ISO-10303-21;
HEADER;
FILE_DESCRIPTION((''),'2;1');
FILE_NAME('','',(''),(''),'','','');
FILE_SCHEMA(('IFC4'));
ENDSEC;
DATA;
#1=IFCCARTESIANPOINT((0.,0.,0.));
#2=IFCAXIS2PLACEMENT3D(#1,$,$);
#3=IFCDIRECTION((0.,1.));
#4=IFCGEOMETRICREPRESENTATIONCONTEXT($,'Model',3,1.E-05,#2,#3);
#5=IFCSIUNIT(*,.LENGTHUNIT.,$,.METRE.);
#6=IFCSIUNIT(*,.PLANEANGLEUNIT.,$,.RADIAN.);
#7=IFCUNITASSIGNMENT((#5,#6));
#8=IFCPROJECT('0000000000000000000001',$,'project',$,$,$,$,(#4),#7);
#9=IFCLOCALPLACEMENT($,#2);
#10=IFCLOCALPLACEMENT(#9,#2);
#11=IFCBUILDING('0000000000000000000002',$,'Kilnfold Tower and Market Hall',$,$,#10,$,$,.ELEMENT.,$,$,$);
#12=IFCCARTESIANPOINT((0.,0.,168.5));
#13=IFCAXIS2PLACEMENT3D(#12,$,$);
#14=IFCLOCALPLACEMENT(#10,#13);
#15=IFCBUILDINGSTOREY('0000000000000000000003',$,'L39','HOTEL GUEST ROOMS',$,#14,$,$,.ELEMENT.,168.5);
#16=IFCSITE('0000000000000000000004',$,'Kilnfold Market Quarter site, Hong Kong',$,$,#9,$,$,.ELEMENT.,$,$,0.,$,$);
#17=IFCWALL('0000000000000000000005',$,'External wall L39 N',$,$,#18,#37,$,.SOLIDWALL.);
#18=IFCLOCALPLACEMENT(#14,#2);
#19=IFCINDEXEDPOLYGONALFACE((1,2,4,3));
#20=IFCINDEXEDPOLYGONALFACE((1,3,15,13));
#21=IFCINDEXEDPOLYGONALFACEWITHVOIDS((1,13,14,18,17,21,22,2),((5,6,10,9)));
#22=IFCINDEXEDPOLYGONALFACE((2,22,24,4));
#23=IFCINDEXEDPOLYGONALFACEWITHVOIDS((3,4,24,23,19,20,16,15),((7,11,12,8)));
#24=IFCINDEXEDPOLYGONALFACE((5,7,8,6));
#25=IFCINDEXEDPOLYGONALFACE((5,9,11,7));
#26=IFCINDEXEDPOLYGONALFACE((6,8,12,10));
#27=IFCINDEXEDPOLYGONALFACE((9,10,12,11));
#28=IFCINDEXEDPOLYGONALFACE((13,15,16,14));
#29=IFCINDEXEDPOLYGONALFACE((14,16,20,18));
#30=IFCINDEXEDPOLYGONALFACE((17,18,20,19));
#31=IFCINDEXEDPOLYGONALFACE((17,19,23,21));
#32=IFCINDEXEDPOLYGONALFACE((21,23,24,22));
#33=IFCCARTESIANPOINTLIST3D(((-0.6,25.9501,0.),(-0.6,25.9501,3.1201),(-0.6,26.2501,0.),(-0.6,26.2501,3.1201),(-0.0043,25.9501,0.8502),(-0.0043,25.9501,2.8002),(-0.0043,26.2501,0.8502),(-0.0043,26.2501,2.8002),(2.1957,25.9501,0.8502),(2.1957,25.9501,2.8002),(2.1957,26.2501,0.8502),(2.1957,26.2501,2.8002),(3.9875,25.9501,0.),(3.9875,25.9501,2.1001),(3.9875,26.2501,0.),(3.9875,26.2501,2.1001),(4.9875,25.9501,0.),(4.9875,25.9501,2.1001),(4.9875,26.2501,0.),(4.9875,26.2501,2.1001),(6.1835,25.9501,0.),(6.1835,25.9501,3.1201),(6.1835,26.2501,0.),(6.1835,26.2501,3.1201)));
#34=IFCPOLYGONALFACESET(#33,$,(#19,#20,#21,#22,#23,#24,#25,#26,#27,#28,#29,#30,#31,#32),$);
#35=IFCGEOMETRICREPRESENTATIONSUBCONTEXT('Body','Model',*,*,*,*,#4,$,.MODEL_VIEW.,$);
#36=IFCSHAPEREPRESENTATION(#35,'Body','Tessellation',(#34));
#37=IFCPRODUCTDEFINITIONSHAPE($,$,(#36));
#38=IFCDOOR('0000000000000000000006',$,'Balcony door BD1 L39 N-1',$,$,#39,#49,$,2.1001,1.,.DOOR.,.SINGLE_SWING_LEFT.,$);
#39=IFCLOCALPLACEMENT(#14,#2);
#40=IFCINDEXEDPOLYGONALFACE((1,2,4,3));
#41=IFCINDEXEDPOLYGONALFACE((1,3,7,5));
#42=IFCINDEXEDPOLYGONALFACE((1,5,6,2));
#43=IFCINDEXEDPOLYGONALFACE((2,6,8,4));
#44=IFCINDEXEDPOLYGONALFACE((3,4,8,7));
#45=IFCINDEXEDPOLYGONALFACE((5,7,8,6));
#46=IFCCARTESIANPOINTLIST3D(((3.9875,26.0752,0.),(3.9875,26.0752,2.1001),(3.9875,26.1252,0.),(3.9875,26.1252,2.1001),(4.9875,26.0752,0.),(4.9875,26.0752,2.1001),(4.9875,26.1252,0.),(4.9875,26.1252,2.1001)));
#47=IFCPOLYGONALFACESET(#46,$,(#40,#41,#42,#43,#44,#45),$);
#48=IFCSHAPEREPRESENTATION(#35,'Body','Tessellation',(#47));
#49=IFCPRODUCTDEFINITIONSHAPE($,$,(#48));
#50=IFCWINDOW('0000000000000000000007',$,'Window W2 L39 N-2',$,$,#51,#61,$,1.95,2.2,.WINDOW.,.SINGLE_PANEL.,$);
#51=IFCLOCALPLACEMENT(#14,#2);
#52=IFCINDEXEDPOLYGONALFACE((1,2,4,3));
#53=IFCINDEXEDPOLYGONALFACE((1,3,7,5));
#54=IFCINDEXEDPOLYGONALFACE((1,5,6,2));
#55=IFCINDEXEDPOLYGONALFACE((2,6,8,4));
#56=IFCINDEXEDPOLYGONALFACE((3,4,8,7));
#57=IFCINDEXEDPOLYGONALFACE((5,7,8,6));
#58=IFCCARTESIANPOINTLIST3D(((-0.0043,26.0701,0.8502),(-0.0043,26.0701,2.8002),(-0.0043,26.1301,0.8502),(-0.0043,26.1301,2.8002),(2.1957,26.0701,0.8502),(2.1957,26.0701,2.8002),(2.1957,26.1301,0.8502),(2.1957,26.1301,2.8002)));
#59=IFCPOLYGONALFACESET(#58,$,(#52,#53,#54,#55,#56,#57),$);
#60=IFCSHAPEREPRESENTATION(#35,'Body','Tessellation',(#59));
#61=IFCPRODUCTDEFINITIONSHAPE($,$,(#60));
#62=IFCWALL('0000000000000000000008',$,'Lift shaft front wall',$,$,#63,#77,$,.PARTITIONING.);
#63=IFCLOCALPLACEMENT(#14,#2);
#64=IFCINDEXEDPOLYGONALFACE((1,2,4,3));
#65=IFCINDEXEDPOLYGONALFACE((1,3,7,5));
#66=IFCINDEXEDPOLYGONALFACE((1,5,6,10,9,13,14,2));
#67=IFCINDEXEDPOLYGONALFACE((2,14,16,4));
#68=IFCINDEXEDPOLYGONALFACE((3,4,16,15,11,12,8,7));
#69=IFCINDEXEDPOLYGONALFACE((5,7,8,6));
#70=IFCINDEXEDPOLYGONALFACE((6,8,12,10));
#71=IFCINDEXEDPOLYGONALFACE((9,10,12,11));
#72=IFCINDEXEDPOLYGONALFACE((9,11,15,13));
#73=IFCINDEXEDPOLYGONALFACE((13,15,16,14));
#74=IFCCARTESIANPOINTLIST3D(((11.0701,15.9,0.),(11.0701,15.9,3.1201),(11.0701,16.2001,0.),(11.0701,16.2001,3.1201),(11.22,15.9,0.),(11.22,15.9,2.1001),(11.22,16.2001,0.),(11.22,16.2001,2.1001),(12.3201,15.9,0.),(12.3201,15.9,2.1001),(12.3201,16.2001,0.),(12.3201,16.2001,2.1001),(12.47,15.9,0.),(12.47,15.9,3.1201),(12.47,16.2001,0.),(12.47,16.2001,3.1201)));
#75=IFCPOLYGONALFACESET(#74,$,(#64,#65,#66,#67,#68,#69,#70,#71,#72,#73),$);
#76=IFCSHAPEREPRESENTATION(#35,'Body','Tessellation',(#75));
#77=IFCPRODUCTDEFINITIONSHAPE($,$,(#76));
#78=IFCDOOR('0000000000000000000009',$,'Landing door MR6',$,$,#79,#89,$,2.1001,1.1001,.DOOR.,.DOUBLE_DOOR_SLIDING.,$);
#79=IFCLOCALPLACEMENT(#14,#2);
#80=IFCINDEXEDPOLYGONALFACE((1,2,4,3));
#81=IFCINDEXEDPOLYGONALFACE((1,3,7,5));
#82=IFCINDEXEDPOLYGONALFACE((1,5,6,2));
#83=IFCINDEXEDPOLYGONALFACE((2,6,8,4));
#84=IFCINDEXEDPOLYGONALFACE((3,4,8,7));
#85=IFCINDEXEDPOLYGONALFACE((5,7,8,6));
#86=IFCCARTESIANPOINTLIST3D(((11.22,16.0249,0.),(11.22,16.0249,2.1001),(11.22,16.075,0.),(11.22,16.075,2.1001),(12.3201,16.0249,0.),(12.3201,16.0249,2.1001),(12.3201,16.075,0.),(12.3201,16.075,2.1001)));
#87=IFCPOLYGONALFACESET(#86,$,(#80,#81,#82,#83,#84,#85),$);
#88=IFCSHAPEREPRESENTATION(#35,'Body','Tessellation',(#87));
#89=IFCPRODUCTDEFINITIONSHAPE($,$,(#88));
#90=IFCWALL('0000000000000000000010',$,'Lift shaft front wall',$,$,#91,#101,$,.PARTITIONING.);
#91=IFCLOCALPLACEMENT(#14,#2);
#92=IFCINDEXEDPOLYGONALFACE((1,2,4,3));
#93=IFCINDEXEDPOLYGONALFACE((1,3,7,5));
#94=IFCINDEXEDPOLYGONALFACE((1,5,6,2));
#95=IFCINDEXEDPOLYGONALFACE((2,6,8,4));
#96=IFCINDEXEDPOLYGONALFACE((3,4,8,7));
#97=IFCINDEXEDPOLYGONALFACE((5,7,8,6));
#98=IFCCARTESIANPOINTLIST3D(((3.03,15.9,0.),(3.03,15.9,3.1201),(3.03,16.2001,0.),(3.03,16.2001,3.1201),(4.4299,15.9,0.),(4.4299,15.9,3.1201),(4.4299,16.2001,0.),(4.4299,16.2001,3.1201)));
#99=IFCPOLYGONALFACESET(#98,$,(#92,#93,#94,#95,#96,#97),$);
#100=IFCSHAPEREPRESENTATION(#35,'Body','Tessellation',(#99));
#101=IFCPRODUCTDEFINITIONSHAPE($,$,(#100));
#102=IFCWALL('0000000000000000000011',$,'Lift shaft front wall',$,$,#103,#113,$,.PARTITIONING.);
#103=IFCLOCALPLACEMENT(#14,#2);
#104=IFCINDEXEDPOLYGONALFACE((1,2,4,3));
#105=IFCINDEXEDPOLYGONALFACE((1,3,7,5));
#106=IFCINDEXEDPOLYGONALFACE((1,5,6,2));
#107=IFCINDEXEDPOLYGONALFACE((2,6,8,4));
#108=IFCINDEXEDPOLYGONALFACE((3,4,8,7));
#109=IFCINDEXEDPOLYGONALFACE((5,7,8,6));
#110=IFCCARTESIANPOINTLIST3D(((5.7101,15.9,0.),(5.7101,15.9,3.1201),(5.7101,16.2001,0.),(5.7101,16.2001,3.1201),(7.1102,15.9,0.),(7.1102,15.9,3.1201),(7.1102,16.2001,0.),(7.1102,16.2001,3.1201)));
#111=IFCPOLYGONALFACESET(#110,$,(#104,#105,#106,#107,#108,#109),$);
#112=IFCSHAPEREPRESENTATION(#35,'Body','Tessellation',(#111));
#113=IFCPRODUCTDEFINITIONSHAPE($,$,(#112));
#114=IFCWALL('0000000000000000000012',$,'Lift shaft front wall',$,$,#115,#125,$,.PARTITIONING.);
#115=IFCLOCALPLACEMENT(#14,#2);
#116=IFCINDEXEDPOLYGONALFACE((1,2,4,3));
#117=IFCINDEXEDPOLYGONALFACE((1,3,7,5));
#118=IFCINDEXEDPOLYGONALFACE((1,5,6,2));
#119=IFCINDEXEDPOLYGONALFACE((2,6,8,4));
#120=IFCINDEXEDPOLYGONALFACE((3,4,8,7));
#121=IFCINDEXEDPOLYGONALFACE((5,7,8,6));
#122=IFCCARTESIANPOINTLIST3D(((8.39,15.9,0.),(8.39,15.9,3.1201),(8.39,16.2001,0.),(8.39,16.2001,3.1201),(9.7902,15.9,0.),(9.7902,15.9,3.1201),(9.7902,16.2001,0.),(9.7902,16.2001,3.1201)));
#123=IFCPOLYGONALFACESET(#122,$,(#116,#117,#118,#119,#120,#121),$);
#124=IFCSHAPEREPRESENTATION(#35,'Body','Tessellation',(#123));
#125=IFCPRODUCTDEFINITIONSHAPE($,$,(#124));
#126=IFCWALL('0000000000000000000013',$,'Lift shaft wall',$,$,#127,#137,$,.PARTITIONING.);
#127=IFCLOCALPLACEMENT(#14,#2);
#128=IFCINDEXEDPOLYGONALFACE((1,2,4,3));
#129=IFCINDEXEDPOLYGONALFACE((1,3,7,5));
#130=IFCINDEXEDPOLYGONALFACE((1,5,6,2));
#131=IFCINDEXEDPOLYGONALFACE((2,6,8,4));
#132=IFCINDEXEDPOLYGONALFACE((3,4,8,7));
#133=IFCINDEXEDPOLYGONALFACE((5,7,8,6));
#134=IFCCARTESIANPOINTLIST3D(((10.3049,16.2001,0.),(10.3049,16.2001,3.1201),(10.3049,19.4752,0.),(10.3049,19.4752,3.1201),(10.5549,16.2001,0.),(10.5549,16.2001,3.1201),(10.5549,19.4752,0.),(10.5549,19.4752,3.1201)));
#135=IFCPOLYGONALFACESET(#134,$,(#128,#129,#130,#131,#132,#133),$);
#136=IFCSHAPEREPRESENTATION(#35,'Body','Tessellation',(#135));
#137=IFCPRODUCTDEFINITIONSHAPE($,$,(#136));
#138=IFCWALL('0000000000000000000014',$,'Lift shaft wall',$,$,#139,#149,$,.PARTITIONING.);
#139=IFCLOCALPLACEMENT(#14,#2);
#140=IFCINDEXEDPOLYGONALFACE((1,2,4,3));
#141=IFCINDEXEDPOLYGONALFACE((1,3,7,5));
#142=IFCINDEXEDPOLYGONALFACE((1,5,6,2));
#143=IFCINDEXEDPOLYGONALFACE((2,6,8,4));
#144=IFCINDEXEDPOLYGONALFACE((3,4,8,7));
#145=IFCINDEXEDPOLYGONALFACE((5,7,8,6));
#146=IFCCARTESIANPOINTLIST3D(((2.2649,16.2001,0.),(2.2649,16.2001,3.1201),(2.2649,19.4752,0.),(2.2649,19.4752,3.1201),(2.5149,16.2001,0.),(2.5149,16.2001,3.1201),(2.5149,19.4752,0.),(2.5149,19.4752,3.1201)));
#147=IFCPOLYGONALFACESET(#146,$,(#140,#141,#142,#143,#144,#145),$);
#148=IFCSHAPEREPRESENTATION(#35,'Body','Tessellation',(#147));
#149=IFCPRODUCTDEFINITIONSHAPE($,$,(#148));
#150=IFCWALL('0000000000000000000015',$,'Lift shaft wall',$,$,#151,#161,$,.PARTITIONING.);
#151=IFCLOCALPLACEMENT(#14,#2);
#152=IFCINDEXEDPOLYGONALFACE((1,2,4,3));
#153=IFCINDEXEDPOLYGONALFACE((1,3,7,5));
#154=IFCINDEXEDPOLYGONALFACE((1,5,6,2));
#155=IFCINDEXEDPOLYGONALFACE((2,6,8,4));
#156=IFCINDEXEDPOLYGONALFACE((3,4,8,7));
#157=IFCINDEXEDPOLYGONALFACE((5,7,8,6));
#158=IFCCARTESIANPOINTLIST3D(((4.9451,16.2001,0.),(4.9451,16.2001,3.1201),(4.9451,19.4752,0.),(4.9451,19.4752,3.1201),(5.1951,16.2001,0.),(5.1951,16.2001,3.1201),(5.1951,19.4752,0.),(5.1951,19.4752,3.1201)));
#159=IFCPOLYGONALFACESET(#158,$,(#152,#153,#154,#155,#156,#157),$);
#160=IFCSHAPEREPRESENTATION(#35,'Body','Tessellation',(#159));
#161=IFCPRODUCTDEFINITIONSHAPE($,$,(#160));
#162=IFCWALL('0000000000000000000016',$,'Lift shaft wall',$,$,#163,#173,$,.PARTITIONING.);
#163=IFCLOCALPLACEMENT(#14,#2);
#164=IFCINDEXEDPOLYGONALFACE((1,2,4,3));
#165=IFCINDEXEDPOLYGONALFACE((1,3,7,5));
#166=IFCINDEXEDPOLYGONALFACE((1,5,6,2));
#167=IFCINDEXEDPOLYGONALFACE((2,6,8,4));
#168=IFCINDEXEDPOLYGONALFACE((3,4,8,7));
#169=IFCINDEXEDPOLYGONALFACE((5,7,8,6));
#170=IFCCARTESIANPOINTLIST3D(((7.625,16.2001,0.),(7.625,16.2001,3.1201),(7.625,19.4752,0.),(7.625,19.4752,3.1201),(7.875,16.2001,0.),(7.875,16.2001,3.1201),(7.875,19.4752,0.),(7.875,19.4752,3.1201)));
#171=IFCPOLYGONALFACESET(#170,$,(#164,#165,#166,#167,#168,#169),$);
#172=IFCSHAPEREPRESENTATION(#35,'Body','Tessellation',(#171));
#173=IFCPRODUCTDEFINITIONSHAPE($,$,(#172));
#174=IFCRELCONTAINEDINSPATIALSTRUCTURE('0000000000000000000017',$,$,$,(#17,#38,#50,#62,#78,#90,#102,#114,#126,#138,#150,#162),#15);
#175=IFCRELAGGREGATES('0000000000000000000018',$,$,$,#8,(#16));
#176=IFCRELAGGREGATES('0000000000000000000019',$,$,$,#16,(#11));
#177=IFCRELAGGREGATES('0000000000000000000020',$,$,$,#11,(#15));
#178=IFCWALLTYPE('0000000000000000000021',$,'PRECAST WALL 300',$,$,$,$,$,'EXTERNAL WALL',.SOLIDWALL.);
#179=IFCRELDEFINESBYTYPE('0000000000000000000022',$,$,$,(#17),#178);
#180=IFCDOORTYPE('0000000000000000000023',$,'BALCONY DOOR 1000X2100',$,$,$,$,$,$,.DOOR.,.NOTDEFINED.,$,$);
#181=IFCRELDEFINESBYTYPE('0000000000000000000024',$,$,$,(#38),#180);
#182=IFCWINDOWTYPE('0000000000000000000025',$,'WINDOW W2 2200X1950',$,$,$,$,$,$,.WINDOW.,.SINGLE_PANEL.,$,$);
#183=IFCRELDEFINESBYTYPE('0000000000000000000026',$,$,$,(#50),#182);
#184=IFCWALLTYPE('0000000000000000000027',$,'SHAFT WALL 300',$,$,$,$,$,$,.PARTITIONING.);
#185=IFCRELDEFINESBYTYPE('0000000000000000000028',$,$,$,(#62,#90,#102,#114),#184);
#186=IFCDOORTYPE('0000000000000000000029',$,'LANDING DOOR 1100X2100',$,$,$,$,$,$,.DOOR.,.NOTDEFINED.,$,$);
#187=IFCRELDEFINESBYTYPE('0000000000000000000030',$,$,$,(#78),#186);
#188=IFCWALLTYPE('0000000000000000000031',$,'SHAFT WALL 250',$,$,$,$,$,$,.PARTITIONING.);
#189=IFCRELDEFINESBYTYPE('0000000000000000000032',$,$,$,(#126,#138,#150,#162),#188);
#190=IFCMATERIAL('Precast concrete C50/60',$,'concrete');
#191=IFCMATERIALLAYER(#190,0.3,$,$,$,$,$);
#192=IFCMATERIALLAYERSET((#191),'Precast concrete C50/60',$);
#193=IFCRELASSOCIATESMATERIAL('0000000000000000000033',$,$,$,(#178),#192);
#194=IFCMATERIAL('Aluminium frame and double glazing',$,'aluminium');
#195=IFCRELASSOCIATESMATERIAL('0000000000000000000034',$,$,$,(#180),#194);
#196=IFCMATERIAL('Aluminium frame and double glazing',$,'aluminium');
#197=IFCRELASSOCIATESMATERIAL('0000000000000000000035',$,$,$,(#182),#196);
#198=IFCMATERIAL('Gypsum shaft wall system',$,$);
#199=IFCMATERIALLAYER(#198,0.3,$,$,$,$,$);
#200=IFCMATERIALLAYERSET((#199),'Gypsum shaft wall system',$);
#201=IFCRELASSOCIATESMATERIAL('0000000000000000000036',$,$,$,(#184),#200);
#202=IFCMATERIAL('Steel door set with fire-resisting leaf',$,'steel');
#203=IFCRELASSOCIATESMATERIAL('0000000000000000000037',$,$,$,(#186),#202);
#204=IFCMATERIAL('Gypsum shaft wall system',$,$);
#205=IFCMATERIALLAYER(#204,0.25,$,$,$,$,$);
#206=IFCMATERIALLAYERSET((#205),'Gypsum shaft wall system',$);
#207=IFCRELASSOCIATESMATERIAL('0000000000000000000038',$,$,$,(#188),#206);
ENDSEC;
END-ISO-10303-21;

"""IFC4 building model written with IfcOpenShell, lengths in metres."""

from ifc_helpers import new_model, si_unit, direction, frame, frame_2d, origin, place, context, subcontext, project, spatial, rectangle, extrude, source, transform, mapped, material, layer, layer_set, type_object, element, fill, save


model = new_model("IFC4")

# Units and contexts
model_context = context("Model", 3, precision=1e-05, world=origin(), true_north=direction((0.0, 1.0)))
body_context = subcontext(model_context, "Body", "Model", "MODEL_VIEW")
ifc_project = project(units=[si_unit("LENGTHUNIT", "METRE"), si_unit("PLANEANGLEUNIT", "RADIAN")], contexts=[model_context])

# Site, building, storey
site_placement = place(None, origin())
site = spatial("IfcSite", under=ifc_project, at=site_placement, Name="Kilnfold Market Quarter site, Hong Kong", CompositionType="ELEMENT", RefElevation=0.0)
building_placement = place(site_placement, origin())
building = spatial("IfcBuilding", under=site, at=building_placement, Name="Kilnfold Tower and Market Hall", CompositionType="ELEMENT")
storey_placement = place(building_placement, frame((0.0, 0.0, 168.5)))
storey = spatial("IfcBuildingStorey", under=building, at=storey_placement, Name="L39", Description="HOTEL GUEST ROOMS", CompositionType="ELEMENT", Elevation=168.5)

# Wall, openings, door, window
ifc_material_1 = material(Name="Precast concrete C50/60", Category="concrete")
ifc_layer_1 = layer(ifc_material_1, 0.3)
ifc_layer_set_1 = layer_set([ifc_layer_1], Name="Precast concrete C50/60")
wall_type_1 = type_object("IfcWallType", Name="PRECAST WALL 300", ElementType="EXTERNAL WALL", PredefinedType="SOLIDWALL", material=ifc_layer_set_1)
shared_shape_1 = source(origin(), body_context, "Body", "SweptSolid", [
    extrude(rectangle(XDim=6.7834, YDim=0.3, at=frame_2d((3.3916, 0.0))), origin(), (0.0, 0.0, 1.0), 3.1201),
])
wall_1_placement = place(storey_placement, frame((6.1833, 26.1001, 0.0), z_axis=(0.0, 0.0, 1.0), x_axis=(-1.0, 0.0, 0.0)))
wall_1 = element("IfcWall", 1, at=wall_1_placement, inside=storey, type_object=wall_type_1, Name="External wall L39 N", PredefinedType="SOLIDWALL", context=body_context, shape_type="MappedRepresentation", body=[
    mapped(shared_shape_1, transform((0.0, 0.0, 0.0))),
])
opening_1_placement = place(wall_1_placement, frame((1.1958, 0.0, 0.0)))
opening_1 = element("IfcOpeningElement", 2, at=opening_1_placement, cuts=wall_1, PredefinedType="OPENING", context=body_context, shape_type="SweptSolid", body=[
    extrude(rectangle(XDim=1.0, YDim=2.1001, at=frame_2d((0.5, 1.05))), frame((0.0, 0.1602, 0.0), z_axis=(0.0, -1.0, 0.0), x_axis=(1.0, 0.0, 0.0)), (0.0, 0.0, 1.0), 0.3201),
])
opening_2_placement = place(wall_1_placement, frame((3.9875, 0.0, 0.8501)))
opening_2 = element("IfcOpeningElement", 3, at=opening_2_placement, cuts=wall_1, PredefinedType="OPENING", context=body_context, shape_type="SweptSolid", body=[
    extrude(rectangle(XDim=2.2, YDim=1.95, at=frame_2d((1.1001, 0.9751))), frame((0.0, 0.1602, 0.0), z_axis=(0.0, -1.0, 0.0), x_axis=(1.0, 0.0, 0.0)), (0.0, 0.0, 1.0), 0.3201),
])
ifc_material_2 = material(Name="Aluminium frame and double glazing", Category="aluminium")
door_type_1 = type_object("IfcDoorType", Name="BALCONY DOOR 1000X2100", OperationType="NOTDEFINED", PredefinedType="DOOR", material=ifc_material_2)
door_1_placement = place(opening_1_placement, origin())
door_1 = element("IfcDoor", 4, at=door_1_placement, inside=storey, type_object=door_type_1, Name="Balcony door BD1 L39 N-1", OperationType="SINGLE_SWING_LEFT", OverallHeight=2.1001, OverallWidth=1.0, PredefinedType="DOOR", context=body_context, shape_type="SweptSolid", body=[
    extrude(rectangle(XDim=1.0, YDim=2.1001, at=frame_2d((0.5, 1.05))), frame((0.0, 0.0249, 0.0), z_axis=(0.0, -1.0, 0.0), x_axis=(1.0, 0.0, 0.0)), (0.0, 0.0, 1.0), 0.05),
])
fill(opening_1, door_1)
ifc_material_3 = material(Name="Aluminium frame and double glazing", Category="aluminium")
window_type = type_object("IfcWindowType", Name="WINDOW W2 2200X1950", PartitioningType="SINGLE_PANEL", PredefinedType="WINDOW", material=ifc_material_3)
window_placement = place(opening_2_placement, origin())
window = element("IfcWindow", 5, at=window_placement, inside=storey, type_object=window_type, Name="Window W2 L39 N-2", OverallHeight=1.95, OverallWidth=2.2, PartitioningType="SINGLE_PANEL", PredefinedType="WINDOW", context=body_context, shape_type="SweptSolid", body=[
    extrude(rectangle(XDim=2.2, YDim=1.95, at=frame_2d((1.1001, 0.9751))), frame((0.0, 0.03, 0.0), z_axis=(0.0, -1.0, 0.0), x_axis=(1.0, 0.0, 0.0)), (0.0, 0.0, 1.0), 0.0601),
])
fill(opening_2, window)

# Wall, opening, door
ifc_material_4 = material(Name="Gypsum shaft wall system")
ifc_layer_2 = layer(ifc_material_4, 0.3)
ifc_layer_set_2 = layer_set([ifc_layer_2], Name="Gypsum shaft wall system")
wall_type_2 = type_object("IfcWallType", Name="SHAFT WALL 300", PredefinedType="PARTITIONING", material=ifc_layer_set_2)
shared_shape_2 = source(origin(), body_context, "Body", "SweptSolid", [
    extrude(rectangle(XDim=1.3999, YDim=0.3, at=frame_2d((0.7, 0.0))), origin(), (0.0, 0.0, 1.0), 3.1201),
])
wall_2_placement = place(storey_placement, frame((11.0701, 16.05, 0.0), z_axis=(0.0, 0.0, 1.0), x_axis=(1.0, 0.0, 0.0)))
wall_2 = element("IfcWall", 6, at=wall_2_placement, inside=storey, type_object=wall_type_2, Name="Lift shaft front wall", PredefinedType="PARTITIONING", context=body_context, shape_type="MappedRepresentation", body=[
    mapped(shared_shape_2, transform((0.0, 0.0, 0.0))),
])
opening_3_placement = place(wall_2_placement, frame((0.1499, 0.0, 0.0)))
opening_3 = element("IfcOpeningElement", 7, at=opening_3_placement, cuts=wall_2, PredefinedType="OPENING", context=body_context, shape_type="SweptSolid", body=[
    extrude(rectangle(XDim=1.1001, YDim=2.1001, at=frame_2d((0.55, 1.05))), frame((0.0, 0.1602, 0.0), z_axis=(0.0, -1.0, 0.0), x_axis=(1.0, 0.0, 0.0)), (0.0, 0.0, 1.0), 0.3201),
])
ifc_material_5 = material(Name="Steel door set with fire-resisting leaf", Category="steel")
door_type_2 = type_object("IfcDoorType", Name="LANDING DOOR 1100X2100", OperationType="NOTDEFINED", PredefinedType="DOOR", material=ifc_material_5)
door_2_placement = place(opening_3_placement, origin())
door_2 = element("IfcDoor", 8, at=door_2_placement, inside=storey, type_object=door_type_2, Name="Landing door MR6", OperationType="DOUBLE_DOOR_SLIDING", OverallHeight=2.1001, OverallWidth=1.1001, PredefinedType="DOOR", context=body_context, shape_type="SweptSolid", body=[
    extrude(rectangle(XDim=1.1001, YDim=2.1001, at=frame_2d((0.55, 1.05))), frame((0.0, 0.0249, 0.0), z_axis=(0.0, -1.0, 0.0), x_axis=(1.0, 0.0, 0.0)), (0.0, 0.0, 1.0), 0.05),
])
fill(opening_3, door_2)

# Walls
wall_3_placement = place(storey_placement, frame((3.03, 16.05, 0.0), z_axis=(0.0, 0.0, 1.0), x_axis=(1.0, 0.0, 0.0)))
element("IfcWall", 9, at=wall_3_placement, inside=storey, type_object=wall_type_2, Name="Lift shaft front wall", PredefinedType="PARTITIONING", context=body_context, shape_type="MappedRepresentation", body=[
    mapped(shared_shape_2, transform((0.0, 0.0, 0.0))),
])
shared_shape_3 = source(origin(), body_context, "Body", "SweptSolid", [
    extrude(rectangle(XDim=1.4001, YDim=0.3, at=frame_2d((0.7002, 0.0))), origin(), (0.0, 0.0, 1.0), 3.1201),
])
for number, where, z_axis, x_axis, name in (
    (10, (5.71, 16.05, 0.0), (0.0, 0.0, 1.0), (1.0, 0.0, 0.0), "Lift shaft front wall"),
    (11, (8.3899, 16.05, 0.0), (0.0, 0.0, 1.0), (1.0, 0.0, 0.0), "Lift shaft front wall"),
):
    element("IfcWall", number, at=place(storey_placement, frame(where, z_axis=z_axis, x_axis=x_axis)), inside=storey, type_object=wall_type_2, Name=name, PredefinedType="PARTITIONING", context=body_context, shape_type="MappedRepresentation", body=[
        mapped(shared_shape_3, transform((0.0, 0.0, 0.0))),
    ])
ifc_material_6 = material(Name="Gypsum shaft wall system")
ifc_layer_3 = layer(ifc_material_6, 0.25)
ifc_layer_set_3 = layer_set([ifc_layer_3], Name="Gypsum shaft wall system")
wall_type_3 = type_object("IfcWallType", Name="SHAFT WALL 250", PredefinedType="PARTITIONING", material=ifc_layer_set_3)
shared_shape_4 = source(origin(), body_context, "Body", "SweptSolid", [
    extrude(rectangle(XDim=3.2751, YDim=0.25, at=frame_2d((1.6377, 0.0))), origin(), (0.0, 0.0, 1.0), 3.1201),
])
for number, where, z_axis, x_axis, name in (
    (12, (10.4299, 16.2, 0.0), (0.0, 0.0, 1.0), (0.0, 1.0, 0.0), "Lift shaft wall"),
    (13, (2.3899, 16.2, 0.0), (0.0, 0.0, 1.0), (0.0, 1.0, 0.0), "Lift shaft wall"),
    (14, (5.0701, 16.2, 0.0), (0.0, 0.0, 1.0), (0.0, 1.0, 0.0), "Lift shaft wall"),
    (15, (7.75, 16.2, 0.0), (0.0, 0.0, 1.0), (0.0, 1.0, 0.0), "Lift shaft wall"),
):
    element("IfcWall", number, at=place(storey_placement, frame(where, z_axis=z_axis, x_axis=x_axis)), inside=storey, type_object=wall_type_3, Name=name, PredefinedType="PARTITIONING", context=body_context, shape_type="MappedRepresentation", body=[
        mapped(shared_shape_4, transform((0.0, 0.0, 0.0))),
    ])

save(model, "model.ifc")
